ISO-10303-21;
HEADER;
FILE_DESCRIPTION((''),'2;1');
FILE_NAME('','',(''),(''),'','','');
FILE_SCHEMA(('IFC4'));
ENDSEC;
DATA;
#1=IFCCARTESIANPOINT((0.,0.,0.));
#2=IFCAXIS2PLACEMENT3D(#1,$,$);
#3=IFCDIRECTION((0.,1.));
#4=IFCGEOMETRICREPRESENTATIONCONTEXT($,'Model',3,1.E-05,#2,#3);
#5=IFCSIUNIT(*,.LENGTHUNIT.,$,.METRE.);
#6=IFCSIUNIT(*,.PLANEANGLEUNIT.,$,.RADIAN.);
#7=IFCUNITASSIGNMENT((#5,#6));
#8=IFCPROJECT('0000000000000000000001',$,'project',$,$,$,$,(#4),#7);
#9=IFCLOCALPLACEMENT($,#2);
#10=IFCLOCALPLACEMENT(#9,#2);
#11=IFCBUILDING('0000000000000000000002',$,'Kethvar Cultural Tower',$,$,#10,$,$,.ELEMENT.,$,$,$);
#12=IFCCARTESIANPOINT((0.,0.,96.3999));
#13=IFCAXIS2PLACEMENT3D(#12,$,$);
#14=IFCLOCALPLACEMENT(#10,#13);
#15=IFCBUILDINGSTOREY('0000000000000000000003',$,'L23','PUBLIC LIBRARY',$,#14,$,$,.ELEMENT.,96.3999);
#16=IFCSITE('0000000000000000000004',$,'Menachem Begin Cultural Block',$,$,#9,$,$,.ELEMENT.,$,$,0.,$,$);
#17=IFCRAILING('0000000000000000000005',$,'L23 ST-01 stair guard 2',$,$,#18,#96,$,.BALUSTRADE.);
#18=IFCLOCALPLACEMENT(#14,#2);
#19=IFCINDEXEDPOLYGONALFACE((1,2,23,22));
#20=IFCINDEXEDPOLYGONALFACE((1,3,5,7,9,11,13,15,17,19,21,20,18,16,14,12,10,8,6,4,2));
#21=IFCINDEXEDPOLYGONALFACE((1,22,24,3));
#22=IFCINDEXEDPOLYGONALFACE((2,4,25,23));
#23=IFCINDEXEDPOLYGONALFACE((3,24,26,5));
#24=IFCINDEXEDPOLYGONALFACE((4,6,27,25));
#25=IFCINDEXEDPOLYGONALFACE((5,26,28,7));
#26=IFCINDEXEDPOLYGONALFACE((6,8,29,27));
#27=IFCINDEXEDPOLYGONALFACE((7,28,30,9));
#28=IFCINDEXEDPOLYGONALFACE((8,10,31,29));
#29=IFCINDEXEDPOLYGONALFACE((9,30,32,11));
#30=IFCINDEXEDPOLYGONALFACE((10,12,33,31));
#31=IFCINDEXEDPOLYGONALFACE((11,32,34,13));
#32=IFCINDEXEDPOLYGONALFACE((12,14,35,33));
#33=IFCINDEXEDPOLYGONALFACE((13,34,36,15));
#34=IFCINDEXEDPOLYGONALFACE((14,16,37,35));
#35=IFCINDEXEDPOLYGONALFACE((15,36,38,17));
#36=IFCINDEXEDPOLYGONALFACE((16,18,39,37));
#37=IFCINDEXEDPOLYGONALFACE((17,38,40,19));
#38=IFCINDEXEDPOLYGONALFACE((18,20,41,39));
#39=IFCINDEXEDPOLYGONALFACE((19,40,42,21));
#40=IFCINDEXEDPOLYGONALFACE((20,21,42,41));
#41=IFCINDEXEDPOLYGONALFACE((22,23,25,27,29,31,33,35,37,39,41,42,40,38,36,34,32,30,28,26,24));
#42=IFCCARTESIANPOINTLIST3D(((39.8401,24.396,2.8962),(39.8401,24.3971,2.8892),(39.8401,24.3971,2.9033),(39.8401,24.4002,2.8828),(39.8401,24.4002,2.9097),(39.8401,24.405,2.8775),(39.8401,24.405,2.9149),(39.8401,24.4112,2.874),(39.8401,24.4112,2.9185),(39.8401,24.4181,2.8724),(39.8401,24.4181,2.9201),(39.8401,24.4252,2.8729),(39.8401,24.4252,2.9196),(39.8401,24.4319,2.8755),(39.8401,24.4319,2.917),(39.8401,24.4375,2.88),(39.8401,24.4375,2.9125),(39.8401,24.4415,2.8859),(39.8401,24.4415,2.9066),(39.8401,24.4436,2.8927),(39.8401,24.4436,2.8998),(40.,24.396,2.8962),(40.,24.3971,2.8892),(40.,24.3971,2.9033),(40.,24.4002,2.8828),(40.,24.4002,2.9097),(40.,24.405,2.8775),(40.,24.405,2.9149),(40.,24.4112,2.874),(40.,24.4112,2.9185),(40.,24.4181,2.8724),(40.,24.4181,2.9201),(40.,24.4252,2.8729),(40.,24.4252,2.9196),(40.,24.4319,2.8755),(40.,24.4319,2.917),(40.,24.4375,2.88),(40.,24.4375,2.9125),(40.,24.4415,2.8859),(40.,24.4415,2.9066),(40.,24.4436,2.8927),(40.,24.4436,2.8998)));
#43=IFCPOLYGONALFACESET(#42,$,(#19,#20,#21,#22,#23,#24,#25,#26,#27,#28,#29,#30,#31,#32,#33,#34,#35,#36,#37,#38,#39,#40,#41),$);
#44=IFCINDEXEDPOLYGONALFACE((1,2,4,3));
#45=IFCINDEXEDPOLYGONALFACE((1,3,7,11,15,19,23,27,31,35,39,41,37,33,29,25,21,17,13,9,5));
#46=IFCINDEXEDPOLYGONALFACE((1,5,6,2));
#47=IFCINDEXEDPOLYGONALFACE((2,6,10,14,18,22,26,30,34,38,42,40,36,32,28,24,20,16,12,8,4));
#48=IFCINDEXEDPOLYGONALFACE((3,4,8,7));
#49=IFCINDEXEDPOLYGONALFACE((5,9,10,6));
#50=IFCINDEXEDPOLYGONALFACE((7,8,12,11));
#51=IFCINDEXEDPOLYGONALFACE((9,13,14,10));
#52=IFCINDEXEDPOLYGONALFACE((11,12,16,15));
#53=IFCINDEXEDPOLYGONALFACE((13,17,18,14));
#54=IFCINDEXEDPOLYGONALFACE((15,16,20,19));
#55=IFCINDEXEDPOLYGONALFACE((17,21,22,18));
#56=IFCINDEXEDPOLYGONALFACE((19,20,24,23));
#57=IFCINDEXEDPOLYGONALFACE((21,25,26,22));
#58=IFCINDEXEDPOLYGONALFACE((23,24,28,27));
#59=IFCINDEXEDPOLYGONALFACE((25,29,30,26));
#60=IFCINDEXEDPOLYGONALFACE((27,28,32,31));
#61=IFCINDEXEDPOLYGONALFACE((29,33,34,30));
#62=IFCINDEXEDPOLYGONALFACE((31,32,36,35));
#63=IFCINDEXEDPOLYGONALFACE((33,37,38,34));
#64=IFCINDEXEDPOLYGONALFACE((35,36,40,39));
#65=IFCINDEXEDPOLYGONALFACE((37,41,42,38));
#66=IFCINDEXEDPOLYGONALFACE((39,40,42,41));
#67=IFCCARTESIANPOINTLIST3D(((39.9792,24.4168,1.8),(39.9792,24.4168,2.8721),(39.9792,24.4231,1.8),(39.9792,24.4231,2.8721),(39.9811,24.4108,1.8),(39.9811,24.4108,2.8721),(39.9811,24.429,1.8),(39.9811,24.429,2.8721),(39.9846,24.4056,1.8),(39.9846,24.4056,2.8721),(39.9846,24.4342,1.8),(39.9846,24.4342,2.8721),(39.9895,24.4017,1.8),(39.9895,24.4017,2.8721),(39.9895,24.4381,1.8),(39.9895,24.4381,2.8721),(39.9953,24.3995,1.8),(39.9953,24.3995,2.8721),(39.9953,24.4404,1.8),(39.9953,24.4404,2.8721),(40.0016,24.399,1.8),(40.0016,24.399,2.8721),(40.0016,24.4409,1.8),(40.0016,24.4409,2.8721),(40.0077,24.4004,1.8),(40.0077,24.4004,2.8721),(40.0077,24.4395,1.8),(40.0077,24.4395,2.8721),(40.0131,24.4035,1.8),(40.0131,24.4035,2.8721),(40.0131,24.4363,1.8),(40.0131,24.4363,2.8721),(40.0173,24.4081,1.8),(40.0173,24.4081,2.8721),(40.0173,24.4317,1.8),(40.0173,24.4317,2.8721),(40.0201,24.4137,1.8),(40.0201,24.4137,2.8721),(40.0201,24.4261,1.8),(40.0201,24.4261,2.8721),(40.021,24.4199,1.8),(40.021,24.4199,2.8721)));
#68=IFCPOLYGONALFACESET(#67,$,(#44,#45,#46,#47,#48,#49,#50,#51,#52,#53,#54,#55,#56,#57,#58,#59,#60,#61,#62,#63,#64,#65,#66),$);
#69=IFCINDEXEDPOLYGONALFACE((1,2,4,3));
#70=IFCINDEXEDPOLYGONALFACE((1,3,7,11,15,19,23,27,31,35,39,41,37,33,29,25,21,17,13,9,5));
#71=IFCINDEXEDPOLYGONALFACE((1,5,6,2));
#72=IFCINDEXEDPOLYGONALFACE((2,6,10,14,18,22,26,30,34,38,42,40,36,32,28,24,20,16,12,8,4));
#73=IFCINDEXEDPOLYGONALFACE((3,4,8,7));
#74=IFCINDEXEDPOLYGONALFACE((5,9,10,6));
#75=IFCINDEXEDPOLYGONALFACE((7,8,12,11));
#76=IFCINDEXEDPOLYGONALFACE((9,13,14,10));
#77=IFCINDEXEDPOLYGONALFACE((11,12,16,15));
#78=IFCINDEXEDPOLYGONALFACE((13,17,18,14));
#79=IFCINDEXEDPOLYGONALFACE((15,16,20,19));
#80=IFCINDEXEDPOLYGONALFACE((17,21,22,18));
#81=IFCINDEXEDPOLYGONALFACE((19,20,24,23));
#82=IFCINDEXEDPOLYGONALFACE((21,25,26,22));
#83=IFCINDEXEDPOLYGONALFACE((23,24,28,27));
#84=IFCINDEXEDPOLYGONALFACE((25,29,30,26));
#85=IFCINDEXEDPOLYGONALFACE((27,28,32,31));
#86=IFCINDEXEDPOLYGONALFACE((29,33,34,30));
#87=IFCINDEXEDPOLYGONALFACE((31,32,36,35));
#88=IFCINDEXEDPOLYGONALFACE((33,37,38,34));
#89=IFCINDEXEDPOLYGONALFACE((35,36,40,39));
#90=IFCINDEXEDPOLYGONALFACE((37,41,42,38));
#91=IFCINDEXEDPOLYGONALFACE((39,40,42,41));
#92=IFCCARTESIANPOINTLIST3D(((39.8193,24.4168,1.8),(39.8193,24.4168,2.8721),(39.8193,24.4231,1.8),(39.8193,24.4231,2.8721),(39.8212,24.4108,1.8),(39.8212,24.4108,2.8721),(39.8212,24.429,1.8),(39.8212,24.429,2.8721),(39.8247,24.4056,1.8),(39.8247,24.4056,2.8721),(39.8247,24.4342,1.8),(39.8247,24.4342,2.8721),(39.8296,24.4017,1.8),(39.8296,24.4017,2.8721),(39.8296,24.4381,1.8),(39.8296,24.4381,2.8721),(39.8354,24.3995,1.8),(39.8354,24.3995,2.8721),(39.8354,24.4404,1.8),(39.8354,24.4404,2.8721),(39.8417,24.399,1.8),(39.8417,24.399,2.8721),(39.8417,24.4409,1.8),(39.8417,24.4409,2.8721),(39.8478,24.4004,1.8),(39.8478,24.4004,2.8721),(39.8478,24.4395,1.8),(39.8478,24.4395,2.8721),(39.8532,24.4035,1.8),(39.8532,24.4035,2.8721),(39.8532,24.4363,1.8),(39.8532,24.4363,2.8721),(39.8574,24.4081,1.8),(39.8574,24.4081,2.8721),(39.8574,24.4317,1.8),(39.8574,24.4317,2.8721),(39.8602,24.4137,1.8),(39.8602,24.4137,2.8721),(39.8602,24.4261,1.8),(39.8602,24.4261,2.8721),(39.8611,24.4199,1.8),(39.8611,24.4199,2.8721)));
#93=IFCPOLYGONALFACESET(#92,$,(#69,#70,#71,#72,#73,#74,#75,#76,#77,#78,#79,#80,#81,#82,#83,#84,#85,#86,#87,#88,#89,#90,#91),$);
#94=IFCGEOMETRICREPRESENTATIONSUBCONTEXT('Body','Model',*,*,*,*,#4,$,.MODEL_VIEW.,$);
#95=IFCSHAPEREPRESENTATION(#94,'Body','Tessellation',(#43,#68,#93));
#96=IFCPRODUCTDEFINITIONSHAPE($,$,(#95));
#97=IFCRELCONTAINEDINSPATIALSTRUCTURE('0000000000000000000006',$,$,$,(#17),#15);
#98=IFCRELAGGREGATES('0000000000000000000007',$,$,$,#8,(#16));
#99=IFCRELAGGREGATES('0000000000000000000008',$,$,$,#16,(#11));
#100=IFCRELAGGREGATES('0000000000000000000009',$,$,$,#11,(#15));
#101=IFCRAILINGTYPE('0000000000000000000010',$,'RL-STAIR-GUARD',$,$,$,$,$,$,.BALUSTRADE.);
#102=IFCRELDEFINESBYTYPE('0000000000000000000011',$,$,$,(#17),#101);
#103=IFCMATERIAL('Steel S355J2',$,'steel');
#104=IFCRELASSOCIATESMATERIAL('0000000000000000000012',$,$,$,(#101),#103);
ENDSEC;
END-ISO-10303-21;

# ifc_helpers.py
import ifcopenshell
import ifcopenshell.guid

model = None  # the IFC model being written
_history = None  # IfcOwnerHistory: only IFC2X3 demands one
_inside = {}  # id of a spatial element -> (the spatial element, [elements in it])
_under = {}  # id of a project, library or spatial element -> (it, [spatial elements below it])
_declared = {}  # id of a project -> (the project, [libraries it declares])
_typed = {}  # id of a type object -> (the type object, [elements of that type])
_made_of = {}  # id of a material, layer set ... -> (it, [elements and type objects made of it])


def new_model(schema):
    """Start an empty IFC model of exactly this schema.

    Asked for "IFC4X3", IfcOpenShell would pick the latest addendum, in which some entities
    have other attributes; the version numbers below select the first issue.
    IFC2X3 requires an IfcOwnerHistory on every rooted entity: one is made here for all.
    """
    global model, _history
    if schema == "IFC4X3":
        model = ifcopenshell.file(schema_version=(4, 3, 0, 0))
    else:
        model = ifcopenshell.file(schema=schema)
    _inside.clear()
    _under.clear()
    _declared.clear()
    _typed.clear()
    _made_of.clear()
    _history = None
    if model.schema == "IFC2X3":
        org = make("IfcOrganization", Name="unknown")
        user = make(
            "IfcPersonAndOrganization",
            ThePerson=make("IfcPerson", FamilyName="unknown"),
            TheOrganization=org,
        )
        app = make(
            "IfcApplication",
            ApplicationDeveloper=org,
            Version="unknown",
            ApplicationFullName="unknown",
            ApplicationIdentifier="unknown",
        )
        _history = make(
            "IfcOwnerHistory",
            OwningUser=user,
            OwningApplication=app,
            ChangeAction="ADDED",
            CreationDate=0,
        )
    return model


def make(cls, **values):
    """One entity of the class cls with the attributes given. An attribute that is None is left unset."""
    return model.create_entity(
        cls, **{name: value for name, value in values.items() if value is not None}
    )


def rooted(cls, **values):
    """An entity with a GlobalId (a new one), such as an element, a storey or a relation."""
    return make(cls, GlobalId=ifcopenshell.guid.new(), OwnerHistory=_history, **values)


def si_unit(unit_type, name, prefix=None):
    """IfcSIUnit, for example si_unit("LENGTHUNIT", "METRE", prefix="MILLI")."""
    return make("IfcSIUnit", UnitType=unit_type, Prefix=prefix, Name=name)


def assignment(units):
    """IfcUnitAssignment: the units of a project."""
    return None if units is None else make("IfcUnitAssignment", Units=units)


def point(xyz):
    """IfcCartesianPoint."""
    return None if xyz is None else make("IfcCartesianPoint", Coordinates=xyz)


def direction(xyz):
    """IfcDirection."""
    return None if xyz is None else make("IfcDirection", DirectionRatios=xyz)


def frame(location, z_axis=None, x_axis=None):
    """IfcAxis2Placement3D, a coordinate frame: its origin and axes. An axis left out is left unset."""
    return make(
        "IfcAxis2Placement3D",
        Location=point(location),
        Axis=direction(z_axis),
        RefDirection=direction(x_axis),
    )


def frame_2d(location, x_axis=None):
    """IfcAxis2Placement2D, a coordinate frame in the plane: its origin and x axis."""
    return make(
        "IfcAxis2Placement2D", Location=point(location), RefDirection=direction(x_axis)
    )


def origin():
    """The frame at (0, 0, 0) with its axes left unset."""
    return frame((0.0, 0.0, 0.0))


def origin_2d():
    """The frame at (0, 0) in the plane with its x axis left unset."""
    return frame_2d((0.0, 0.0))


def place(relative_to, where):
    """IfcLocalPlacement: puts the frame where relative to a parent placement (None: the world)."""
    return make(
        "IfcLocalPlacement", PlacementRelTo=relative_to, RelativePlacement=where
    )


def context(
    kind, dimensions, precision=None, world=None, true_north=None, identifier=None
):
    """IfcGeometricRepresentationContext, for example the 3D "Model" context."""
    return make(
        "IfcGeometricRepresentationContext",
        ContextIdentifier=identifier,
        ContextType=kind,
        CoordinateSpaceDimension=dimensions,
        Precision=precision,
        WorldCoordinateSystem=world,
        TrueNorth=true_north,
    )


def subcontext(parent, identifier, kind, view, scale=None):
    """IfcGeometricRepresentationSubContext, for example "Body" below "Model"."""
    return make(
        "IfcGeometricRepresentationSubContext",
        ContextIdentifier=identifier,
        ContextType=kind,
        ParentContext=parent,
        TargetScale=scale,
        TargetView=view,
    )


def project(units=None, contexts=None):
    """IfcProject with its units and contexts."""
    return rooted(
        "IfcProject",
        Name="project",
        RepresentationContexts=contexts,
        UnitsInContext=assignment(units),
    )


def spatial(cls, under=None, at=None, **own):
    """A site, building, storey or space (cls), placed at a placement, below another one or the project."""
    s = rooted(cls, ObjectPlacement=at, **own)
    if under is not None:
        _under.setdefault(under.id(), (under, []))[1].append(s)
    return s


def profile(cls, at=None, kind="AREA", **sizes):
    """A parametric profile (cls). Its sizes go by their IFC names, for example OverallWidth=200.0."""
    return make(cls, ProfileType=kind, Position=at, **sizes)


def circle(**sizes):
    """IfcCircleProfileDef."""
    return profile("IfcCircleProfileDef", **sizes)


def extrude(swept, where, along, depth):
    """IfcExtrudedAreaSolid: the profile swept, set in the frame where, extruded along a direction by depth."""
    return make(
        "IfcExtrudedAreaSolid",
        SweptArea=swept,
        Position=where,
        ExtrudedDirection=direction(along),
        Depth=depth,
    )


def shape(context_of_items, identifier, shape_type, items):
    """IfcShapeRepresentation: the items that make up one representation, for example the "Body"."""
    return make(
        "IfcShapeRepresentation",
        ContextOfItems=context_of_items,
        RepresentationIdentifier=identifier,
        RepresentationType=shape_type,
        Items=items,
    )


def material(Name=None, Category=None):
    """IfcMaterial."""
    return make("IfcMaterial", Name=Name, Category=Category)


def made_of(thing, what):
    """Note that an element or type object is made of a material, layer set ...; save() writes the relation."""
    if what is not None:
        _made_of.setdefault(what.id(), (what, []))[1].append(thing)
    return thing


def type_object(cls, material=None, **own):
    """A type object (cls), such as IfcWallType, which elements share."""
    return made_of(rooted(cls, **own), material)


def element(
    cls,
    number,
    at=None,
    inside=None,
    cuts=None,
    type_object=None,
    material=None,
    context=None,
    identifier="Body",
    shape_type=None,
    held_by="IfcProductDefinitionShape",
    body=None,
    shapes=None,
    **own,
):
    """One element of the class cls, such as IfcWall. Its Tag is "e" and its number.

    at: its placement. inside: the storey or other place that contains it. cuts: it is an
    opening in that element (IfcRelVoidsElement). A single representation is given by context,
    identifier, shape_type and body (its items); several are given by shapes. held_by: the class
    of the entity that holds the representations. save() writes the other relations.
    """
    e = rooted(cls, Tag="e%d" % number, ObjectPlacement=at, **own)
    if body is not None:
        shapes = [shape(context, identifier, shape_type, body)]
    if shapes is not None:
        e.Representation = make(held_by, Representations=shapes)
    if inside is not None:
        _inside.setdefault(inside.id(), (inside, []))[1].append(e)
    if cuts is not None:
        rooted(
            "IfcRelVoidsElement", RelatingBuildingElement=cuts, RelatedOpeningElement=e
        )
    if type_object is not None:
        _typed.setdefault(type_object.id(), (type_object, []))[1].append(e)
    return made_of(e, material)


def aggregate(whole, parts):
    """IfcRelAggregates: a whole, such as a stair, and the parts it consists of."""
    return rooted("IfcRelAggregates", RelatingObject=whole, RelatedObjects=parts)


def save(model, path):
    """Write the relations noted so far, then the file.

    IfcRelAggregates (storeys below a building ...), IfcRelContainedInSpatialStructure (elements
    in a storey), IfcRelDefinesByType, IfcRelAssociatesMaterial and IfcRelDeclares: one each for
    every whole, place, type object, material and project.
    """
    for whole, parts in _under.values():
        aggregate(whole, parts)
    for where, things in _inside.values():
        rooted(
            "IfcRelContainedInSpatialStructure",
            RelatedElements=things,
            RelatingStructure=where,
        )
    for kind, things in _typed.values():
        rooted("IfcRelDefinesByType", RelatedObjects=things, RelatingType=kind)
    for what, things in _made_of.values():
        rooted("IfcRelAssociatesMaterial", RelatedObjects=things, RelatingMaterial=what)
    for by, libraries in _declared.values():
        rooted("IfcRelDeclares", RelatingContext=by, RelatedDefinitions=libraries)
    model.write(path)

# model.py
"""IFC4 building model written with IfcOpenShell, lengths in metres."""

from ifc_helpers import new_model, si_unit, direction, frame, origin, origin_2d, place, context, subcontext, project, spatial, circle, extrude, material, type_object, element, save


model = new_model("IFC4")

# Units and contexts
model_context = context("Model", 3, precision=1e-05, world=origin(), true_north=direction((0.0, 1.0)))
body_context = subcontext(model_context, "Body", "Model", "MODEL_VIEW")
ifc_project = project(units=[si_unit("LENGTHUNIT", "METRE"), si_unit("PLANEANGLEUNIT", "RADIAN")], contexts=[model_context])

# Site, building, storey
site_placement = place(None, origin())
site = spatial("IfcSite", under=ifc_project, at=site_placement, Name="Menachem Begin Cultural Block", CompositionType="ELEMENT", RefElevation=0.0)
building_placement = place(site_placement, origin())
building = spatial("IfcBuilding", under=site, at=building_placement, Name="Kethvar Cultural Tower", CompositionType="ELEMENT")
storey_placement = place(building_placement, frame((0.0, 0.0, 96.3999)))
storey = spatial("IfcBuildingStorey", under=building, at=storey_placement, Name="L23", Description="PUBLIC LIBRARY", CompositionType="ELEMENT", Elevation=96.3999)

# Shared definitions
ifc_material_1 = material(Name="Steel S355J2", Category="steel")

# Railing
railing_type_1 = type_object("IfcRailingType", Name="RL-STAIR-GUARD", PredefinedType="BALUSTRADE", material=ifc_material_1)
railing_1_placement = place(storey_placement, frame((40.0, 24.4199, 1.8)))
element("IfcRailing", 1, at=railing_1_placement, inside=storey, type_object=railing_type_1, Name="L23 ST-01 stair guard 2", PredefinedType="BALUSTRADE", context=body_context, shape_type="SweptSolid", body=[
    extrude(circle(Radius=0.0239, at=origin_2d()), frame((0.0, 0.0, 1.0962), z_axis=(-1.0, 0.0, 0.0), x_axis=(0.0, -1.0, 0.0)), (0.0, 0.0, 1.0), 0.1599),
    extrude(circle(Radius=0.021, at=origin_2d()), origin(), (0.0, 0.0, 1.0), 1.072),
    extrude(circle(Radius=0.021, at=origin_2d()), frame((-0.1599, 0.0, 0.0)), (0.0, 0.0, 1.0), 1.072),
])

save(model, "model.ifc")
